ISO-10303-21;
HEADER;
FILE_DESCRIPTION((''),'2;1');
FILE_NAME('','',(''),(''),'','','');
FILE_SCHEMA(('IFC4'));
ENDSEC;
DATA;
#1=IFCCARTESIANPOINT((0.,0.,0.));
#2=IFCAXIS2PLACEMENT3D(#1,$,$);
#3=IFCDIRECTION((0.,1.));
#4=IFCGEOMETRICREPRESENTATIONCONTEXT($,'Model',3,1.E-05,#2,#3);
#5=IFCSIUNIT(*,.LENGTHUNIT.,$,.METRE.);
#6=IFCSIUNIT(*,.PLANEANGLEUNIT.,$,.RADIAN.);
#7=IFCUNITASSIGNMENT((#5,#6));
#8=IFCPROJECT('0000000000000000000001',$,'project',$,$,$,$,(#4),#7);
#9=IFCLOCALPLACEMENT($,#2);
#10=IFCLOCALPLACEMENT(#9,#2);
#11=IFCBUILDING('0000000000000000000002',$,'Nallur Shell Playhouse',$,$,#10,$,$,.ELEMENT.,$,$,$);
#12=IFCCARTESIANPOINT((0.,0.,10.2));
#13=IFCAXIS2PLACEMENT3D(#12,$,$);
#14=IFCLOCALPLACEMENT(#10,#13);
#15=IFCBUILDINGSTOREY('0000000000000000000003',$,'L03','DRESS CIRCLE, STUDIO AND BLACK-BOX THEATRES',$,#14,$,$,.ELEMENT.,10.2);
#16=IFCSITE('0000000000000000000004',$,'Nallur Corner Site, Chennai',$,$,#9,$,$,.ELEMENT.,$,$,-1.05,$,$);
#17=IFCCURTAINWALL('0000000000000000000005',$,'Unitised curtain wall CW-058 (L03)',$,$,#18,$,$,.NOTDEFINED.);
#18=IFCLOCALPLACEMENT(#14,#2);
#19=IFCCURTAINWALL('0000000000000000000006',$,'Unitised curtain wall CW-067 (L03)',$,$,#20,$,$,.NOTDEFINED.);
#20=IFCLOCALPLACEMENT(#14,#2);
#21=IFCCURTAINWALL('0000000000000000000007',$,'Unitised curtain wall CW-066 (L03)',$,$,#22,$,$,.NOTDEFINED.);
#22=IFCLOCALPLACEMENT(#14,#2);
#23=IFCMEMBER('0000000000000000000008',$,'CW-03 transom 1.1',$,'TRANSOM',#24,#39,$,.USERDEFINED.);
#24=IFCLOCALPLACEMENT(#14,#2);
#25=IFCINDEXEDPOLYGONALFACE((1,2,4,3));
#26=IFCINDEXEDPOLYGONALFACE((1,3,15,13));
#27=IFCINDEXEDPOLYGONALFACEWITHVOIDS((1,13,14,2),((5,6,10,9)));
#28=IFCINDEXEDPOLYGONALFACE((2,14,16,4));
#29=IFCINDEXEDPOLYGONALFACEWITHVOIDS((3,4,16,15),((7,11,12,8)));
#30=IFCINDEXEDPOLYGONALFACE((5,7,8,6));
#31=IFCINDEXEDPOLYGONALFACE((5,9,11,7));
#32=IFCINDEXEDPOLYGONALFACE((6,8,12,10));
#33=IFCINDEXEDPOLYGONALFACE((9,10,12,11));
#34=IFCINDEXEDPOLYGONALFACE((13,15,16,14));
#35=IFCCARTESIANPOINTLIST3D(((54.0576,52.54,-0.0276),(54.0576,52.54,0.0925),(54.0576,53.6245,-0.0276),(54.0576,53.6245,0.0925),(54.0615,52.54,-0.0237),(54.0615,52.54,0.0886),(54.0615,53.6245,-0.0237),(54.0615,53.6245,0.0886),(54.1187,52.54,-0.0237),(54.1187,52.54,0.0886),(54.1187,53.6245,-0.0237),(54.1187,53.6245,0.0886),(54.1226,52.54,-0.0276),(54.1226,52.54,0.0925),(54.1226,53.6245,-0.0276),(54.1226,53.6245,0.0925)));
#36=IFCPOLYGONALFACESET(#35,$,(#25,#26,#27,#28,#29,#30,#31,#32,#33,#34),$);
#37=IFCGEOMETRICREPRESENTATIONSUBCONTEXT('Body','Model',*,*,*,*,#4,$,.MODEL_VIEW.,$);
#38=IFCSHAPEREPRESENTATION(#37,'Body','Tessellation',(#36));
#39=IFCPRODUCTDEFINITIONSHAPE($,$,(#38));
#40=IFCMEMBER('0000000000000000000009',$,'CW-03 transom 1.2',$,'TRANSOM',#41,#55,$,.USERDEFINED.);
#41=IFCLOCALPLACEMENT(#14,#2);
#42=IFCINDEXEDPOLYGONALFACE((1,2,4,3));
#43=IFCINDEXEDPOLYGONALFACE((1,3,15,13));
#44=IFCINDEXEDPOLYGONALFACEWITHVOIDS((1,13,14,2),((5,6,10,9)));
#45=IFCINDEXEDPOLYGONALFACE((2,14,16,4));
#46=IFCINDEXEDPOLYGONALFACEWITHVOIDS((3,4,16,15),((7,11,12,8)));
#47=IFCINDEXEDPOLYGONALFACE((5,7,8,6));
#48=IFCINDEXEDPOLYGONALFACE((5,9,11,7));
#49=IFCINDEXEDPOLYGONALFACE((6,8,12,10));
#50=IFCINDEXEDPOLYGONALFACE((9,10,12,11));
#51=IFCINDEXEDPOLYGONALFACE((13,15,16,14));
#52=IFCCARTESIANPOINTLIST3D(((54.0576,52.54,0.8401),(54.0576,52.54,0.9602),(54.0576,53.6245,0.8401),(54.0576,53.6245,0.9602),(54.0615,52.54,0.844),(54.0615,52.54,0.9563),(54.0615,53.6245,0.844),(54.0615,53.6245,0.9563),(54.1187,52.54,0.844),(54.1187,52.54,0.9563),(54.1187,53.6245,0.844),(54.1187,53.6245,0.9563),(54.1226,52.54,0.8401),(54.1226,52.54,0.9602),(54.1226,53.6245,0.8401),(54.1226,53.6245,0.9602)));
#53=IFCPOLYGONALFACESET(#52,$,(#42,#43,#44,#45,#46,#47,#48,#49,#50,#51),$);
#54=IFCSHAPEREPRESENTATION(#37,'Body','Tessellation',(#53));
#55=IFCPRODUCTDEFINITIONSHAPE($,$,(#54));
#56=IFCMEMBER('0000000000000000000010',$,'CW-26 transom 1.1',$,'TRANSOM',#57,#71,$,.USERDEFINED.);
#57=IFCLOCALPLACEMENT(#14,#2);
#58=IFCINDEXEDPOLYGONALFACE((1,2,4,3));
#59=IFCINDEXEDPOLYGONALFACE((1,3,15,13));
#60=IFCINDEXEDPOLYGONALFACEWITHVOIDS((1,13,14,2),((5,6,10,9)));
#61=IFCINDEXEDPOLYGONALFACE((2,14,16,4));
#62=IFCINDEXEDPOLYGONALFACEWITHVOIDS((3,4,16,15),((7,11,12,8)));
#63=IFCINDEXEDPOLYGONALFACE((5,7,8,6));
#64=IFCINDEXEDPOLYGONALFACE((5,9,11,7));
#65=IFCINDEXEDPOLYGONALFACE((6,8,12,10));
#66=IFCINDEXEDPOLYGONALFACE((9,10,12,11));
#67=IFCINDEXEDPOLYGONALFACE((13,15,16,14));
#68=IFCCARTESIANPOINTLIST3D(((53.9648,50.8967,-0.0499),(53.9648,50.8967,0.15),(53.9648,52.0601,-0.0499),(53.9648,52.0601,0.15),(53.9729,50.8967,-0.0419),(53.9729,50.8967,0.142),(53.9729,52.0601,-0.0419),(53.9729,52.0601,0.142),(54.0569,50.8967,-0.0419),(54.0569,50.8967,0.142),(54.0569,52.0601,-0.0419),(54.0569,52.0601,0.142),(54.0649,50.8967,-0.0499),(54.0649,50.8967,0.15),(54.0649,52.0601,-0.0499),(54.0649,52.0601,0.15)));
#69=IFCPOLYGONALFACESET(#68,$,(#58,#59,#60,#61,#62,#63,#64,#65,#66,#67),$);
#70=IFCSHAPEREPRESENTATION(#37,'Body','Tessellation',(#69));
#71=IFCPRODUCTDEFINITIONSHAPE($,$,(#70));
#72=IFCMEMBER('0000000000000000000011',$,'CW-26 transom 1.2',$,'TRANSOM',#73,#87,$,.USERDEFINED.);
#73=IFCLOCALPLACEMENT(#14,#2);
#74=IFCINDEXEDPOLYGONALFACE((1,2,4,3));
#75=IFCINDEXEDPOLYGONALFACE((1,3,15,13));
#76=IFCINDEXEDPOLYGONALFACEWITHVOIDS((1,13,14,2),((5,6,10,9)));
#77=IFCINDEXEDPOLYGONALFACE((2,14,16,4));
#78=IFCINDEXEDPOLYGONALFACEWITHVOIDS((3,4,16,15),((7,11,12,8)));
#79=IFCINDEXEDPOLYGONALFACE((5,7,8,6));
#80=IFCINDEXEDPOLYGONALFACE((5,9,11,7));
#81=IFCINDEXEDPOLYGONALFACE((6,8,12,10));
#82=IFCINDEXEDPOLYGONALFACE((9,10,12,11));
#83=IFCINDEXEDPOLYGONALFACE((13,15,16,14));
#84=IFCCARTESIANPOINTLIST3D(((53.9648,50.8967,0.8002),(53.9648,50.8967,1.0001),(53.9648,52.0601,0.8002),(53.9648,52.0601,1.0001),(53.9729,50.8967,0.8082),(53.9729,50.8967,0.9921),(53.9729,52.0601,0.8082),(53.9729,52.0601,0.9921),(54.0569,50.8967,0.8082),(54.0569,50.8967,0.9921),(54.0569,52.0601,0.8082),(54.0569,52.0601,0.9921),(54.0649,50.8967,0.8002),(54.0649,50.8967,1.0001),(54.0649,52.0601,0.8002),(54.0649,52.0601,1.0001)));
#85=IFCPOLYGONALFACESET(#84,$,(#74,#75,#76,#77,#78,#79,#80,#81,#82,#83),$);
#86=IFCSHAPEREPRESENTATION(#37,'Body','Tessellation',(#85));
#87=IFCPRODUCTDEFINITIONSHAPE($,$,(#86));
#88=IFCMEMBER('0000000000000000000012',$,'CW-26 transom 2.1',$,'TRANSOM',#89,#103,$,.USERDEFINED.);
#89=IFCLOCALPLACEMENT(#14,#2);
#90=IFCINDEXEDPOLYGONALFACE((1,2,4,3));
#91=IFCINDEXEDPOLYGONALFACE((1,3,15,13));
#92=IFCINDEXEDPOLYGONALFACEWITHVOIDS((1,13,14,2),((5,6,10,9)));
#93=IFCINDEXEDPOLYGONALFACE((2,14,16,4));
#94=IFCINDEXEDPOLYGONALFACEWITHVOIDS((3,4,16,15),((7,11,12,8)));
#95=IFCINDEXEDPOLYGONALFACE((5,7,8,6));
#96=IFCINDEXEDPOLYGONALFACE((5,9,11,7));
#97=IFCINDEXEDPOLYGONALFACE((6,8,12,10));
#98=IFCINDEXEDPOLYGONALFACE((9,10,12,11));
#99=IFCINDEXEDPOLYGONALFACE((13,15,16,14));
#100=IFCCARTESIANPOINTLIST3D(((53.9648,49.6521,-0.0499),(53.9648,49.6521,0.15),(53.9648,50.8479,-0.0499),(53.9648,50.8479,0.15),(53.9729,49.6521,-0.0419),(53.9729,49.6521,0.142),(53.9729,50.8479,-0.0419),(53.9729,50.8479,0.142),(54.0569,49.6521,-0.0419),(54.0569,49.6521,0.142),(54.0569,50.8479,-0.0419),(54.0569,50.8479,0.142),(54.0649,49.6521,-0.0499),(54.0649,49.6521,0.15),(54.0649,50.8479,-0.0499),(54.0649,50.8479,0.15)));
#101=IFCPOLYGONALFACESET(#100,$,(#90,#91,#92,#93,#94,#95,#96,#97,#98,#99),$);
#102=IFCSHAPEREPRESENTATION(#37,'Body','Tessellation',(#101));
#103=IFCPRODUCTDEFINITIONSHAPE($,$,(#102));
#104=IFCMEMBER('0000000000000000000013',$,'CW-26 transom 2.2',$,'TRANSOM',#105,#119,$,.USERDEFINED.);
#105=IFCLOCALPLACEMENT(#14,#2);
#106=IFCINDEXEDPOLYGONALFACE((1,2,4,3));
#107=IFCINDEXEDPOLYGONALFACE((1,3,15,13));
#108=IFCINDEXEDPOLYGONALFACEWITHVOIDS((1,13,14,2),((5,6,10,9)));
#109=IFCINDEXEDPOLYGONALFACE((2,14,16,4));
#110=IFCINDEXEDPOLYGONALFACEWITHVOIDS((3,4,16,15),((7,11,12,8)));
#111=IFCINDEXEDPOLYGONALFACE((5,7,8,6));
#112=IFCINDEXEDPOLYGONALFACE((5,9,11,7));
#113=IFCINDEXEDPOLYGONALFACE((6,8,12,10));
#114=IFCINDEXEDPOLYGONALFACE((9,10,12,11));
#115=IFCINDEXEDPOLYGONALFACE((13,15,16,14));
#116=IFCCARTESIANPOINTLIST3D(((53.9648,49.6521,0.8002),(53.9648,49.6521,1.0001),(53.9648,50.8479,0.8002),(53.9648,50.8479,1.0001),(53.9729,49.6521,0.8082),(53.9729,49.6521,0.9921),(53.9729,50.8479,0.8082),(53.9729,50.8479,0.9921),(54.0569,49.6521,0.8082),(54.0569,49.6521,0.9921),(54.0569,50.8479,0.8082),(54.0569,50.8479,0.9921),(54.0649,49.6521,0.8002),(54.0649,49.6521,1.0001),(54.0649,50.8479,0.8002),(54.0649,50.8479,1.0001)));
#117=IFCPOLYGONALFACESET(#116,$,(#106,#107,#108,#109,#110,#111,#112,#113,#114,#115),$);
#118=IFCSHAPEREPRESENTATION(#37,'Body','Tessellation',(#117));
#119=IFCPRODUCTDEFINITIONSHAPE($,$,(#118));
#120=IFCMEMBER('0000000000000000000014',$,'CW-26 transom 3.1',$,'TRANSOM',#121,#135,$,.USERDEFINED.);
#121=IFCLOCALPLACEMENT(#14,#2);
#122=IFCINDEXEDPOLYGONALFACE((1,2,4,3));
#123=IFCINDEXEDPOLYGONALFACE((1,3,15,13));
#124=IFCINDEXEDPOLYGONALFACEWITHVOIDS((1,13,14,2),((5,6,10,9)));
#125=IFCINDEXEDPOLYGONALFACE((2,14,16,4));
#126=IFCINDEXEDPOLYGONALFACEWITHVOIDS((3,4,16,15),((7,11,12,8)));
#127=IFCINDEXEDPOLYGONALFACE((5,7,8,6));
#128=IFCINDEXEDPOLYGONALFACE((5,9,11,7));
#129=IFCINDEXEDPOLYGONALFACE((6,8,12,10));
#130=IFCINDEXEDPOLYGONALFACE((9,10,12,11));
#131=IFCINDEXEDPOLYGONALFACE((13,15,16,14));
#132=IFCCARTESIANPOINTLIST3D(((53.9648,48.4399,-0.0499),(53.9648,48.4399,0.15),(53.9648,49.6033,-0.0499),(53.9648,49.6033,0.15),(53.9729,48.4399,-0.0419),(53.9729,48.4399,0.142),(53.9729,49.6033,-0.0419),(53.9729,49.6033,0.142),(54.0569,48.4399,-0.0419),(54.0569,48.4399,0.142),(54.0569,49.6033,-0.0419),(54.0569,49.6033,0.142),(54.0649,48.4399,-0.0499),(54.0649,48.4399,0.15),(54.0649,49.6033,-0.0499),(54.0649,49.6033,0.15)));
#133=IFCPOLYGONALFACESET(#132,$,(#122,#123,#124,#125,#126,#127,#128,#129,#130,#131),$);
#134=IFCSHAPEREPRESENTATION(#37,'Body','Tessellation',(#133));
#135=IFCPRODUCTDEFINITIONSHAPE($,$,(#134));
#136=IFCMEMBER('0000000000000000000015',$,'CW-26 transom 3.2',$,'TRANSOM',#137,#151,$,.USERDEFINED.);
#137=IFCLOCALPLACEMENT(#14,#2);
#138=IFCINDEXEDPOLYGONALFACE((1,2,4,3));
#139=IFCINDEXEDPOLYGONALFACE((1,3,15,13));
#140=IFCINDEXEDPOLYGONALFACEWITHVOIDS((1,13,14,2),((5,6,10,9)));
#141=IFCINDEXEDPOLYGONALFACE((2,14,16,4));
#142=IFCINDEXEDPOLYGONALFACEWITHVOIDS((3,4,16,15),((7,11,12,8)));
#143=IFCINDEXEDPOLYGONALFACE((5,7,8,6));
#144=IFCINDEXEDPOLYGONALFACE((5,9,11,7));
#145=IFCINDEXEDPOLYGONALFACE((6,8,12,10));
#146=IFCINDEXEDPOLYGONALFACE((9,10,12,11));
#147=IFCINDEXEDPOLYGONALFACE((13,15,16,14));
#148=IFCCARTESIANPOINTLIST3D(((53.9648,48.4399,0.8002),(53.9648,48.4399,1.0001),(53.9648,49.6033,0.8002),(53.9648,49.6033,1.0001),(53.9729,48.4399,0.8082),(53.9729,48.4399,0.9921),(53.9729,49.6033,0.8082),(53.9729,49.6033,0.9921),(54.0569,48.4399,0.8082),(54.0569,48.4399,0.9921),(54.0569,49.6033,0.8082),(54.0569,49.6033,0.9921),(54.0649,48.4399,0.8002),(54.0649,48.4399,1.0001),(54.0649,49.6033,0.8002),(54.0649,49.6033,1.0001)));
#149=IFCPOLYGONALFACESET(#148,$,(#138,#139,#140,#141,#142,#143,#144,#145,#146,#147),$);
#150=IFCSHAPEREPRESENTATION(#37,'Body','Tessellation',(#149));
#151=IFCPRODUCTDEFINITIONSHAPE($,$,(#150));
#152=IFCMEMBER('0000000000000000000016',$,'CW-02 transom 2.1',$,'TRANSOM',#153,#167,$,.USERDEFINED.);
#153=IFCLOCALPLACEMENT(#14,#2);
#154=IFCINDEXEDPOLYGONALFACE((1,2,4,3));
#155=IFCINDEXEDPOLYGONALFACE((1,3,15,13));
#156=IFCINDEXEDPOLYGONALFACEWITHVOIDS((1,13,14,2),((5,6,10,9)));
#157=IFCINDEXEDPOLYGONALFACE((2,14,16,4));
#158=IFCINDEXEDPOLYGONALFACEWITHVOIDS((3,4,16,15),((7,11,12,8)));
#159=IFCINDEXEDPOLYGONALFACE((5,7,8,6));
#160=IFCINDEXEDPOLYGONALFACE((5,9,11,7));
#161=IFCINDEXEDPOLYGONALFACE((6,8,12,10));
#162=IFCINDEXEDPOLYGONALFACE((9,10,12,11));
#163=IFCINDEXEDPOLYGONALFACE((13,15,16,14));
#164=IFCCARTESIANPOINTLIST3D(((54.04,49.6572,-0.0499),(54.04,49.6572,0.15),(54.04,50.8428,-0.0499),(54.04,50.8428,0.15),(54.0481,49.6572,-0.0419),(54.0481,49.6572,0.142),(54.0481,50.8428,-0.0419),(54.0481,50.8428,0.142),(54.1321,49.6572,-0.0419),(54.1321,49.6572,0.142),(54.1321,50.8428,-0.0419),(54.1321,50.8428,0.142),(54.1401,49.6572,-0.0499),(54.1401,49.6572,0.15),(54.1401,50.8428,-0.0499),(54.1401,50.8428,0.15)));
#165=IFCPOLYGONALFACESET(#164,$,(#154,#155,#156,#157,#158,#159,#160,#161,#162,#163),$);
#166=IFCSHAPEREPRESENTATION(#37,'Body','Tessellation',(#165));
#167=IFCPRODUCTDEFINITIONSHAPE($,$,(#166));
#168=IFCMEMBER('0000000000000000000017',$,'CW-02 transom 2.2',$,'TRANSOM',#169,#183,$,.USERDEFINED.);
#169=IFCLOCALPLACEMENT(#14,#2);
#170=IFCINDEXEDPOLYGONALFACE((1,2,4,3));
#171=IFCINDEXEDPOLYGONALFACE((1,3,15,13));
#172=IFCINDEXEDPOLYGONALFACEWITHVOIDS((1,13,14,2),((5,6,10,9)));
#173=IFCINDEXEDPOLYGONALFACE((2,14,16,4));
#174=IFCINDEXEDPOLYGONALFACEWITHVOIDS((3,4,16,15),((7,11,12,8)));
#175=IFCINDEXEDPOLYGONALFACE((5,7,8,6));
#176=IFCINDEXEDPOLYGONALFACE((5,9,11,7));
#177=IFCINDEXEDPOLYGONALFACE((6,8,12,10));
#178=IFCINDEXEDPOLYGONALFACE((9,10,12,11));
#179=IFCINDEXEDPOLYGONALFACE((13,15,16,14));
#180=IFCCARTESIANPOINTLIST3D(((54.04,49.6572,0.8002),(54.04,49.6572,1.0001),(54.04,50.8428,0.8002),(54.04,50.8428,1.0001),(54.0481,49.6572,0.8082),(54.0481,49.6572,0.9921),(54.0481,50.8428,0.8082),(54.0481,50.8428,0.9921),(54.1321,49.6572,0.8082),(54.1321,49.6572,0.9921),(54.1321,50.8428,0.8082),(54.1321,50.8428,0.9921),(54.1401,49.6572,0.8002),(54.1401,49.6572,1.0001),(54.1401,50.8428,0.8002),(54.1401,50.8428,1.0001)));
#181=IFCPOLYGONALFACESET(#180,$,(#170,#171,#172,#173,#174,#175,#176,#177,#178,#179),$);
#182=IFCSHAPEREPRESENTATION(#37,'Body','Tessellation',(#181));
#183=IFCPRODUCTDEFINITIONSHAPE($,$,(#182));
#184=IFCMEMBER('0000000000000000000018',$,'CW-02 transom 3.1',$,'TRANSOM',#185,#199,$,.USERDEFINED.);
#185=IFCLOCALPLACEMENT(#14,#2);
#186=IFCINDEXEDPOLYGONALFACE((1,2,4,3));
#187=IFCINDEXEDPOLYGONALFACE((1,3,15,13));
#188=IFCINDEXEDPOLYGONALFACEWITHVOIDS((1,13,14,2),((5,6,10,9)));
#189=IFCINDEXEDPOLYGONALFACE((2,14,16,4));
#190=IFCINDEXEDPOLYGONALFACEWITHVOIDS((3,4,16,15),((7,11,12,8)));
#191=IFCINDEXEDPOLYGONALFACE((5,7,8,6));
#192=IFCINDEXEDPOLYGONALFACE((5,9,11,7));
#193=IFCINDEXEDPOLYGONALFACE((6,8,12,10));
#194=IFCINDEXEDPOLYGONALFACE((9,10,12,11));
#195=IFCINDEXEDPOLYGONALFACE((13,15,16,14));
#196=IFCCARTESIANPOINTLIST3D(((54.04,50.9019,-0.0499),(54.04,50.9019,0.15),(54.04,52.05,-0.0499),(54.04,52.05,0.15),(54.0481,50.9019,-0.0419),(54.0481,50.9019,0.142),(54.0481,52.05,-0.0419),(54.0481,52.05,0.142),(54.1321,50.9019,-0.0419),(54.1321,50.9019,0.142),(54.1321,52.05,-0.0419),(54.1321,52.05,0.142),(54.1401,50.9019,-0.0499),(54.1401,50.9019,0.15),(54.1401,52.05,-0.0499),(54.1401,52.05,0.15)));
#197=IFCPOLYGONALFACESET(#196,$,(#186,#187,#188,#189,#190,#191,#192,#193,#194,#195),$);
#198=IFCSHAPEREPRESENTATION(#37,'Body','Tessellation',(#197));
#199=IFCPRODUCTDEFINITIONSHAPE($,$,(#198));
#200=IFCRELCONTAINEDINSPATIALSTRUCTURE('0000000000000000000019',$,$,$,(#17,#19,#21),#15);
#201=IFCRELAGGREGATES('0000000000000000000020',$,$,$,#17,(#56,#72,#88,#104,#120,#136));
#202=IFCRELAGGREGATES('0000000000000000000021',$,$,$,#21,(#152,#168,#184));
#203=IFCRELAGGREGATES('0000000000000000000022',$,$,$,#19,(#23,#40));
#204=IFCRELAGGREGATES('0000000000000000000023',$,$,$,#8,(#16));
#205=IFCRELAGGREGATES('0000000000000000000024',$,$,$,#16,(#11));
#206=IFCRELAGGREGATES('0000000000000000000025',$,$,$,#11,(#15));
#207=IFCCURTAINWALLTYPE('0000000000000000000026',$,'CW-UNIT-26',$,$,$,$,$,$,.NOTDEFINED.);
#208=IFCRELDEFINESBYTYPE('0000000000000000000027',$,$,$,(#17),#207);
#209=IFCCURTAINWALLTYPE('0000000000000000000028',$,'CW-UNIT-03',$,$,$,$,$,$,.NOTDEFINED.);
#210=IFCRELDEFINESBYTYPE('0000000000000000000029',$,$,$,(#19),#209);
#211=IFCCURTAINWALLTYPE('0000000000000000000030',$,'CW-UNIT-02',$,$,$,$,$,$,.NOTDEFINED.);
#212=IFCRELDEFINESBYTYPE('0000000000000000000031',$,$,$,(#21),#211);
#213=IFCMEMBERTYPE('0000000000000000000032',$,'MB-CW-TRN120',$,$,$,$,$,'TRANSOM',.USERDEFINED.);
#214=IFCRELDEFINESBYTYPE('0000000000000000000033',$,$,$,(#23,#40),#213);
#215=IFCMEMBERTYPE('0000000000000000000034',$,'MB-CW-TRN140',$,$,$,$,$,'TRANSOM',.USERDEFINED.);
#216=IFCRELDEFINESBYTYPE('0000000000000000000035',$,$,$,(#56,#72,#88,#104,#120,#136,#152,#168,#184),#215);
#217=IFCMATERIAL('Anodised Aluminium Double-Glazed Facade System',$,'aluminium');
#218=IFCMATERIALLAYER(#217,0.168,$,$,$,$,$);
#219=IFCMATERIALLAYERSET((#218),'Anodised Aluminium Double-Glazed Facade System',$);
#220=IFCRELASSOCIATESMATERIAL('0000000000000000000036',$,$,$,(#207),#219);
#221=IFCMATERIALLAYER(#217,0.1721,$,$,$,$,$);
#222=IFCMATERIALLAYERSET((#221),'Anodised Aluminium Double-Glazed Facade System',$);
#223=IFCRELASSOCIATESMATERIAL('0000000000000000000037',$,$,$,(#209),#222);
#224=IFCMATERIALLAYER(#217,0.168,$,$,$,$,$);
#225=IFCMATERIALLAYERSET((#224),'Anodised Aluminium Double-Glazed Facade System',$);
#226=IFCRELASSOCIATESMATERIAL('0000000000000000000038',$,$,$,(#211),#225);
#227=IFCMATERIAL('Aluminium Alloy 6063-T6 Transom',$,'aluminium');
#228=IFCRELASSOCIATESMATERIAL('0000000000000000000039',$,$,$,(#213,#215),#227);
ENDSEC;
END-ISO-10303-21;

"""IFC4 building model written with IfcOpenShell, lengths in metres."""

from ifc_helpers import new_model, si_unit, direction, frame, origin, origin_2d, place, context, subcontext, project, spatial, hollow_rectangle, extrude, material, layer, layer_set, material_profile, profile_set, type_object, element, aggregate, save


model = new_model("IFC4")

# Units and contexts
model_context = context("Model", 3, precision=1e-05, world=origin(), true_north=direction((0.0, 1.0)))
body_context = subcontext(model_context, "Body", "Model", "MODEL_VIEW")
ifc_project = project(units=[si_unit("LENGTHUNIT", "METRE"), si_unit("PLANEANGLEUNIT", "RADIAN")], contexts=[model_context])

# Site, building, storey
site_placement = place(None, origin())
site = spatial("IfcSite", under=ifc_project, at=site_placement, Name="Nallur Corner Site, Chennai", CompositionType="ELEMENT", RefElevation=-1.05)
building_placement = place(site_placement, origin())
building = spatial("IfcBuilding", under=site, at=building_placement, Name="Nallur Shell Playhouse", CompositionType="ELEMENT")
storey_placement = place(building_placement, frame((0.0, 0.0, 10.2)))
storey = spatial("IfcBuildingStorey", under=building, at=storey_placement, Name="L03", Description="DRESS CIRCLE, STUDIO AND BLACK-BOX THEATRES", CompositionType="ELEMENT", Elevation=10.2)

# Curtain wall
ifc_material_1 = material(Name="Anodised Aluminium Double-Glazed Facade System", Category="aluminium")
ifc_layer_1 = layer(ifc_material_1, 0.168)
ifc_layer_set_1 = layer_set([ifc_layer_1], Name="Anodised Aluminium Double-Glazed Facade System")
curtain_wall_type_1 = type_object("IfcCurtainWallType", Name="CW-UNIT-26", PredefinedType="NOTDEFINED", material=ifc_layer_set_1)
curtain_wall_1_placement = place(storey_placement, origin())
curtain_wall_1 = element("IfcCurtainWall", 1, at=curtain_wall_1_placement, inside=storey, type_object=curtain_wall_type_1, Name="Unitised curtain wall CW-058 (L03)", PredefinedType="NOTDEFINED")

# Curtain wall
ifc_layer_2 = layer(ifc_material_1, 0.1721)
ifc_layer_set_2 = layer_set([ifc_layer_2], Name="Anodised Aluminium Double-Glazed Facade System")
curtain_wall_type_2 = type_object("IfcCurtainWallType", Name="CW-UNIT-03", PredefinedType="NOTDEFINED", material=ifc_layer_set_2)
curtain_wall_2_placement = place(storey_placement, origin())
curtain_wall_2 = element("IfcCurtainWall", 2, at=curtain_wall_2_placement, inside=storey, type_object=curtain_wall_type_2, Name="Unitised curtain wall CW-067 (L03)", PredefinedType="NOTDEFINED")

# Curtain wall
ifc_layer_3 = layer(ifc_material_1, 0.168)
ifc_layer_set_3 = layer_set([ifc_layer_3], Name="Anodised Aluminium Double-Glazed Facade System")
curtain_wall_type_3 = type_object("IfcCurtainWallType", Name="CW-UNIT-02", PredefinedType="NOTDEFINED", material=ifc_layer_set_3)
curtain_wall_3_placement = place(storey_placement, origin())
curtain_wall_3 = element("IfcCurtainWall", 3, at=curtain_wall_3_placement, inside=storey, type_object=curtain_wall_type_3, Name="Unitised curtain wall CW-066 (L03)", PredefinedType="NOTDEFINED")

# Members
ifc_material_2 = material(Name="Aluminium Alloy 6063-T6 Transom", Category="aluminium")
ifc_material_profile_1 = material_profile(ifc_material_2, hollow_rectangle(XDim=0.0649, YDim=0.1201, WallThickness=0.0039, at=origin_2d()), Name="ALU 65x120x4")
ifc_profile_set_1 = profile_set([ifc_material_profile_1], Name="Aluminium Alloy 6063-T6 Transom")
member_type_1 = type_object("IfcMemberType", Name="MB-CW-TRN120", ElementType="TRANSOM", PredefinedType="USERDEFINED", material=ifc_profile_set_1)
member_1_placement = place(storey_placement, frame((54.0901, 52.54, 0.0325), z_axis=(0.0, 1.0, 0.0), x_axis=(-1.0, 0.0, 0.0)))
member_1 = element("IfcMember", 4, at=member_1_placement, type_object=member_type_1, Name="CW-03 transom 1.1", ObjectType="TRANSOM", PredefinedType="USERDEFINED", context=body_context, shape_type="SweptSolid", body=[
    extrude(hollow_rectangle(XDim=0.0649, YDim=0.1201, WallThickness=0.0039, at=origin_2d()), origin(), (0.0, 0.0, 1.0), 1.0845),
])
member_2_placement = place(storey_placement, frame((54.0901, 52.54, 0.9001), z_axis=(0.0, 1.0, 0.0), x_axis=(-1.0, 0.0, 0.0)))
member_2 = element("IfcMember", 5, at=member_2_placement, type_object=member_type_1, Name="CW-03 transom 1.2", ObjectType="TRANSOM", PredefinedType="USERDEFINED", context=body_context, shape_type="SweptSolid", body=[
    extrude(hollow_rectangle(XDim=0.0649, YDim=0.1201, WallThickness=0.0039, at=origin_2d()), origin(), (0.0, 0.0, 1.0), 1.0845),
])
ifc_material_profile_2 = material_profile(ifc_material_2, hollow_rectangle(XDim=0.1001, YDim=0.2, WallThickness=0.0081, at=origin_2d()), Name="RHS 200x100x8")
ifc_profile_set_2 = profile_set([ifc_material_profile_2], Name="Aluminium Alloy 6063-T6 Transom")
member_type_2 = type_object("IfcMemberType", Name="MB-CW-TRN140", ElementType="TRANSOM", PredefinedType="USERDEFINED", material=ifc_profile_set_2)
member_3_placement = place(storey_placement, frame((54.0149, 52.0601, 0.05), z_axis=(0.0, -1.0, 0.0), x_axis=(1.0, 0.0, 0.0)))
member_3 = element("IfcMember", 6, at=member_3_placement, type_object=member_type_2, Name="CW-26 transom 1.1", ObjectType="TRANSOM", PredefinedType="USERDEFINED", context=body_context, shape_type="SweptSolid", body=[
    extrude(hollow_rectangle(XDim=0.1001, YDim=0.2, WallThickness=0.0081, at=origin_2d()), origin(), (0.0, 0.0, 1.0), 1.1633),
])
member_4_placement = place(storey_placement, frame((54.0149, 52.0601, 0.9001), z_axis=(0.0, -1.0, 0.0), x_axis=(1.0, 0.0, 0.0)))
member_4 = element("IfcMember", 7, at=member_4_placement, type_object=member_type_2, Name="CW-26 transom 1.2", ObjectType="TRANSOM", PredefinedType="USERDEFINED", context=body_context, shape_type="SweptSolid", body=[
    extrude(hollow_rectangle(XDim=0.1001, YDim=0.2, WallThickness=0.0081, at=origin_2d()), origin(), (0.0, 0.0, 1.0), 1.1633),
])
member_5_placement = place(storey_placement, frame((54.0149, 50.8479, 0.05), z_axis=(0.0, -1.0, 0.0), x_axis=(1.0, 0.0, 0.0)))
member_5 = element("IfcMember", 8, at=member_5_placement, type_object=member_type_2, Name="CW-26 transom 2.1", ObjectType="TRANSOM", PredefinedType="USERDEFINED", context=body_context, shape_type="SweptSolid", body=[
    extrude(hollow_rectangle(XDim=0.1001, YDim=0.2, WallThickness=0.0081, at=origin_2d()), origin(), (0.0, 0.0, 1.0), 1.1958),
])
member_6_placement = place(storey_placement, frame((54.0149, 50.8479, 0.9001), z_axis=(0.0, -1.0, 0.0), x_axis=(1.0, 0.0, 0.0)))
member_6 = element("IfcMember", 9, at=member_6_placement, type_object=member_type_2, Name="CW-26 transom 2.2", ObjectType="TRANSOM", PredefinedType="USERDEFINED", context=body_context, shape_type="SweptSolid", body=[
    extrude(hollow_rectangle(XDim=0.1001, YDim=0.2, WallThickness=0.0081, at=origin_2d()), origin(), (0.0, 0.0, 1.0), 1.1958),
])
member_7_placement = place(storey_placement, frame((54.0149, 49.6033, 0.05), z_axis=(0.0, -1.0, 0.0), x_axis=(1.0, 0.0, 0.0)))
member_7 = element("IfcMember", 10, at=member_7_placement, type_object=member_type_2, Name="CW-26 transom 3.1", ObjectType="TRANSOM", PredefinedType="USERDEFINED", context=body_context, shape_type="SweptSolid", body=[
    extrude(hollow_rectangle(XDim=0.1001, YDim=0.2, WallThickness=0.0081, at=origin_2d()), origin(), (0.0, 0.0, 1.0), 1.1633),
])
member_8_placement = place(storey_placement, frame((54.0149, 49.6033, 0.9001), z_axis=(0.0, -1.0, 0.0), x_axis=(1.0, 0.0, 0.0)))
member_8 = element("IfcMember", 11, at=member_8_placement, type_object=member_type_2, Name="CW-26 transom 3.2", ObjectType="TRANSOM", PredefinedType="USERDEFINED", context=body_context, shape_type="SweptSolid", body=[
    extrude(hollow_rectangle(XDim=0.1001, YDim=0.2, WallThickness=0.0081, at=origin_2d()), origin(), (0.0, 0.0, 1.0), 1.1633),
])
member_9_placement = place(storey_placement, frame((54.0901, 49.6572, 0.05), z_axis=(0.0, 1.0, 0.0), x_axis=(-1.0, 0.0, 0.0)))
member_9 = element("IfcMember", 12, at=member_9_placement, type_object=member_type_2, Name="CW-02 transom 2.1", ObjectType="TRANSOM", PredefinedType="USERDEFINED", context=body_context, shape_type="SweptSolid", body=[
    extrude(hollow_rectangle(XDim=0.1001, YDim=0.2, WallThickness=0.0081, at=origin_2d()), origin(), (0.0, 0.0, 1.0), 1.1855),
])
member_10_placement = place(storey_placement, frame((54.0901, 49.6572, 0.9001), z_axis=(0.0, 1.0, 0.0), x_axis=(-1.0, 0.0, 0.0)))
member_10 = element("IfcMember", 13, at=member_10_placement, type_object=member_type_2, Name="CW-02 transom 2.2", ObjectType="TRANSOM", PredefinedType="USERDEFINED", context=body_context, shape_type="SweptSolid", body=[
    extrude(hollow_rectangle(XDim=0.1001, YDim=0.2, WallThickness=0.0081, at=origin_2d()), origin(), (0.0, 0.0, 1.0), 1.1855),
])
member_11_placement = place(storey_placement, frame((54.0901, 50.9019, 0.05), z_axis=(0.0, 1.0, 0.0), x_axis=(-1.0, 0.0, 0.0)))
member_11 = element("IfcMember", 14, at=member_11_placement, type_object=member_type_2, Name="CW-02 transom 3.1", ObjectType="TRANSOM", PredefinedType="USERDEFINED", context=body_context, shape_type="SweptSolid", body=[
    extrude(hollow_rectangle(XDim=0.1001, YDim=0.2, WallThickness=0.0081, at=origin_2d()), origin(), (0.0, 0.0, 1.0), 1.1482),
])

aggregate(curtain_wall_1, [member_3, member_4, member_5, member_6, member_7, member_8])
aggregate(curtain_wall_3, [member_9, member_10, member_11])
aggregate(curtain_wall_2, [member_1, member_2])

save(model, "model.ifc")
